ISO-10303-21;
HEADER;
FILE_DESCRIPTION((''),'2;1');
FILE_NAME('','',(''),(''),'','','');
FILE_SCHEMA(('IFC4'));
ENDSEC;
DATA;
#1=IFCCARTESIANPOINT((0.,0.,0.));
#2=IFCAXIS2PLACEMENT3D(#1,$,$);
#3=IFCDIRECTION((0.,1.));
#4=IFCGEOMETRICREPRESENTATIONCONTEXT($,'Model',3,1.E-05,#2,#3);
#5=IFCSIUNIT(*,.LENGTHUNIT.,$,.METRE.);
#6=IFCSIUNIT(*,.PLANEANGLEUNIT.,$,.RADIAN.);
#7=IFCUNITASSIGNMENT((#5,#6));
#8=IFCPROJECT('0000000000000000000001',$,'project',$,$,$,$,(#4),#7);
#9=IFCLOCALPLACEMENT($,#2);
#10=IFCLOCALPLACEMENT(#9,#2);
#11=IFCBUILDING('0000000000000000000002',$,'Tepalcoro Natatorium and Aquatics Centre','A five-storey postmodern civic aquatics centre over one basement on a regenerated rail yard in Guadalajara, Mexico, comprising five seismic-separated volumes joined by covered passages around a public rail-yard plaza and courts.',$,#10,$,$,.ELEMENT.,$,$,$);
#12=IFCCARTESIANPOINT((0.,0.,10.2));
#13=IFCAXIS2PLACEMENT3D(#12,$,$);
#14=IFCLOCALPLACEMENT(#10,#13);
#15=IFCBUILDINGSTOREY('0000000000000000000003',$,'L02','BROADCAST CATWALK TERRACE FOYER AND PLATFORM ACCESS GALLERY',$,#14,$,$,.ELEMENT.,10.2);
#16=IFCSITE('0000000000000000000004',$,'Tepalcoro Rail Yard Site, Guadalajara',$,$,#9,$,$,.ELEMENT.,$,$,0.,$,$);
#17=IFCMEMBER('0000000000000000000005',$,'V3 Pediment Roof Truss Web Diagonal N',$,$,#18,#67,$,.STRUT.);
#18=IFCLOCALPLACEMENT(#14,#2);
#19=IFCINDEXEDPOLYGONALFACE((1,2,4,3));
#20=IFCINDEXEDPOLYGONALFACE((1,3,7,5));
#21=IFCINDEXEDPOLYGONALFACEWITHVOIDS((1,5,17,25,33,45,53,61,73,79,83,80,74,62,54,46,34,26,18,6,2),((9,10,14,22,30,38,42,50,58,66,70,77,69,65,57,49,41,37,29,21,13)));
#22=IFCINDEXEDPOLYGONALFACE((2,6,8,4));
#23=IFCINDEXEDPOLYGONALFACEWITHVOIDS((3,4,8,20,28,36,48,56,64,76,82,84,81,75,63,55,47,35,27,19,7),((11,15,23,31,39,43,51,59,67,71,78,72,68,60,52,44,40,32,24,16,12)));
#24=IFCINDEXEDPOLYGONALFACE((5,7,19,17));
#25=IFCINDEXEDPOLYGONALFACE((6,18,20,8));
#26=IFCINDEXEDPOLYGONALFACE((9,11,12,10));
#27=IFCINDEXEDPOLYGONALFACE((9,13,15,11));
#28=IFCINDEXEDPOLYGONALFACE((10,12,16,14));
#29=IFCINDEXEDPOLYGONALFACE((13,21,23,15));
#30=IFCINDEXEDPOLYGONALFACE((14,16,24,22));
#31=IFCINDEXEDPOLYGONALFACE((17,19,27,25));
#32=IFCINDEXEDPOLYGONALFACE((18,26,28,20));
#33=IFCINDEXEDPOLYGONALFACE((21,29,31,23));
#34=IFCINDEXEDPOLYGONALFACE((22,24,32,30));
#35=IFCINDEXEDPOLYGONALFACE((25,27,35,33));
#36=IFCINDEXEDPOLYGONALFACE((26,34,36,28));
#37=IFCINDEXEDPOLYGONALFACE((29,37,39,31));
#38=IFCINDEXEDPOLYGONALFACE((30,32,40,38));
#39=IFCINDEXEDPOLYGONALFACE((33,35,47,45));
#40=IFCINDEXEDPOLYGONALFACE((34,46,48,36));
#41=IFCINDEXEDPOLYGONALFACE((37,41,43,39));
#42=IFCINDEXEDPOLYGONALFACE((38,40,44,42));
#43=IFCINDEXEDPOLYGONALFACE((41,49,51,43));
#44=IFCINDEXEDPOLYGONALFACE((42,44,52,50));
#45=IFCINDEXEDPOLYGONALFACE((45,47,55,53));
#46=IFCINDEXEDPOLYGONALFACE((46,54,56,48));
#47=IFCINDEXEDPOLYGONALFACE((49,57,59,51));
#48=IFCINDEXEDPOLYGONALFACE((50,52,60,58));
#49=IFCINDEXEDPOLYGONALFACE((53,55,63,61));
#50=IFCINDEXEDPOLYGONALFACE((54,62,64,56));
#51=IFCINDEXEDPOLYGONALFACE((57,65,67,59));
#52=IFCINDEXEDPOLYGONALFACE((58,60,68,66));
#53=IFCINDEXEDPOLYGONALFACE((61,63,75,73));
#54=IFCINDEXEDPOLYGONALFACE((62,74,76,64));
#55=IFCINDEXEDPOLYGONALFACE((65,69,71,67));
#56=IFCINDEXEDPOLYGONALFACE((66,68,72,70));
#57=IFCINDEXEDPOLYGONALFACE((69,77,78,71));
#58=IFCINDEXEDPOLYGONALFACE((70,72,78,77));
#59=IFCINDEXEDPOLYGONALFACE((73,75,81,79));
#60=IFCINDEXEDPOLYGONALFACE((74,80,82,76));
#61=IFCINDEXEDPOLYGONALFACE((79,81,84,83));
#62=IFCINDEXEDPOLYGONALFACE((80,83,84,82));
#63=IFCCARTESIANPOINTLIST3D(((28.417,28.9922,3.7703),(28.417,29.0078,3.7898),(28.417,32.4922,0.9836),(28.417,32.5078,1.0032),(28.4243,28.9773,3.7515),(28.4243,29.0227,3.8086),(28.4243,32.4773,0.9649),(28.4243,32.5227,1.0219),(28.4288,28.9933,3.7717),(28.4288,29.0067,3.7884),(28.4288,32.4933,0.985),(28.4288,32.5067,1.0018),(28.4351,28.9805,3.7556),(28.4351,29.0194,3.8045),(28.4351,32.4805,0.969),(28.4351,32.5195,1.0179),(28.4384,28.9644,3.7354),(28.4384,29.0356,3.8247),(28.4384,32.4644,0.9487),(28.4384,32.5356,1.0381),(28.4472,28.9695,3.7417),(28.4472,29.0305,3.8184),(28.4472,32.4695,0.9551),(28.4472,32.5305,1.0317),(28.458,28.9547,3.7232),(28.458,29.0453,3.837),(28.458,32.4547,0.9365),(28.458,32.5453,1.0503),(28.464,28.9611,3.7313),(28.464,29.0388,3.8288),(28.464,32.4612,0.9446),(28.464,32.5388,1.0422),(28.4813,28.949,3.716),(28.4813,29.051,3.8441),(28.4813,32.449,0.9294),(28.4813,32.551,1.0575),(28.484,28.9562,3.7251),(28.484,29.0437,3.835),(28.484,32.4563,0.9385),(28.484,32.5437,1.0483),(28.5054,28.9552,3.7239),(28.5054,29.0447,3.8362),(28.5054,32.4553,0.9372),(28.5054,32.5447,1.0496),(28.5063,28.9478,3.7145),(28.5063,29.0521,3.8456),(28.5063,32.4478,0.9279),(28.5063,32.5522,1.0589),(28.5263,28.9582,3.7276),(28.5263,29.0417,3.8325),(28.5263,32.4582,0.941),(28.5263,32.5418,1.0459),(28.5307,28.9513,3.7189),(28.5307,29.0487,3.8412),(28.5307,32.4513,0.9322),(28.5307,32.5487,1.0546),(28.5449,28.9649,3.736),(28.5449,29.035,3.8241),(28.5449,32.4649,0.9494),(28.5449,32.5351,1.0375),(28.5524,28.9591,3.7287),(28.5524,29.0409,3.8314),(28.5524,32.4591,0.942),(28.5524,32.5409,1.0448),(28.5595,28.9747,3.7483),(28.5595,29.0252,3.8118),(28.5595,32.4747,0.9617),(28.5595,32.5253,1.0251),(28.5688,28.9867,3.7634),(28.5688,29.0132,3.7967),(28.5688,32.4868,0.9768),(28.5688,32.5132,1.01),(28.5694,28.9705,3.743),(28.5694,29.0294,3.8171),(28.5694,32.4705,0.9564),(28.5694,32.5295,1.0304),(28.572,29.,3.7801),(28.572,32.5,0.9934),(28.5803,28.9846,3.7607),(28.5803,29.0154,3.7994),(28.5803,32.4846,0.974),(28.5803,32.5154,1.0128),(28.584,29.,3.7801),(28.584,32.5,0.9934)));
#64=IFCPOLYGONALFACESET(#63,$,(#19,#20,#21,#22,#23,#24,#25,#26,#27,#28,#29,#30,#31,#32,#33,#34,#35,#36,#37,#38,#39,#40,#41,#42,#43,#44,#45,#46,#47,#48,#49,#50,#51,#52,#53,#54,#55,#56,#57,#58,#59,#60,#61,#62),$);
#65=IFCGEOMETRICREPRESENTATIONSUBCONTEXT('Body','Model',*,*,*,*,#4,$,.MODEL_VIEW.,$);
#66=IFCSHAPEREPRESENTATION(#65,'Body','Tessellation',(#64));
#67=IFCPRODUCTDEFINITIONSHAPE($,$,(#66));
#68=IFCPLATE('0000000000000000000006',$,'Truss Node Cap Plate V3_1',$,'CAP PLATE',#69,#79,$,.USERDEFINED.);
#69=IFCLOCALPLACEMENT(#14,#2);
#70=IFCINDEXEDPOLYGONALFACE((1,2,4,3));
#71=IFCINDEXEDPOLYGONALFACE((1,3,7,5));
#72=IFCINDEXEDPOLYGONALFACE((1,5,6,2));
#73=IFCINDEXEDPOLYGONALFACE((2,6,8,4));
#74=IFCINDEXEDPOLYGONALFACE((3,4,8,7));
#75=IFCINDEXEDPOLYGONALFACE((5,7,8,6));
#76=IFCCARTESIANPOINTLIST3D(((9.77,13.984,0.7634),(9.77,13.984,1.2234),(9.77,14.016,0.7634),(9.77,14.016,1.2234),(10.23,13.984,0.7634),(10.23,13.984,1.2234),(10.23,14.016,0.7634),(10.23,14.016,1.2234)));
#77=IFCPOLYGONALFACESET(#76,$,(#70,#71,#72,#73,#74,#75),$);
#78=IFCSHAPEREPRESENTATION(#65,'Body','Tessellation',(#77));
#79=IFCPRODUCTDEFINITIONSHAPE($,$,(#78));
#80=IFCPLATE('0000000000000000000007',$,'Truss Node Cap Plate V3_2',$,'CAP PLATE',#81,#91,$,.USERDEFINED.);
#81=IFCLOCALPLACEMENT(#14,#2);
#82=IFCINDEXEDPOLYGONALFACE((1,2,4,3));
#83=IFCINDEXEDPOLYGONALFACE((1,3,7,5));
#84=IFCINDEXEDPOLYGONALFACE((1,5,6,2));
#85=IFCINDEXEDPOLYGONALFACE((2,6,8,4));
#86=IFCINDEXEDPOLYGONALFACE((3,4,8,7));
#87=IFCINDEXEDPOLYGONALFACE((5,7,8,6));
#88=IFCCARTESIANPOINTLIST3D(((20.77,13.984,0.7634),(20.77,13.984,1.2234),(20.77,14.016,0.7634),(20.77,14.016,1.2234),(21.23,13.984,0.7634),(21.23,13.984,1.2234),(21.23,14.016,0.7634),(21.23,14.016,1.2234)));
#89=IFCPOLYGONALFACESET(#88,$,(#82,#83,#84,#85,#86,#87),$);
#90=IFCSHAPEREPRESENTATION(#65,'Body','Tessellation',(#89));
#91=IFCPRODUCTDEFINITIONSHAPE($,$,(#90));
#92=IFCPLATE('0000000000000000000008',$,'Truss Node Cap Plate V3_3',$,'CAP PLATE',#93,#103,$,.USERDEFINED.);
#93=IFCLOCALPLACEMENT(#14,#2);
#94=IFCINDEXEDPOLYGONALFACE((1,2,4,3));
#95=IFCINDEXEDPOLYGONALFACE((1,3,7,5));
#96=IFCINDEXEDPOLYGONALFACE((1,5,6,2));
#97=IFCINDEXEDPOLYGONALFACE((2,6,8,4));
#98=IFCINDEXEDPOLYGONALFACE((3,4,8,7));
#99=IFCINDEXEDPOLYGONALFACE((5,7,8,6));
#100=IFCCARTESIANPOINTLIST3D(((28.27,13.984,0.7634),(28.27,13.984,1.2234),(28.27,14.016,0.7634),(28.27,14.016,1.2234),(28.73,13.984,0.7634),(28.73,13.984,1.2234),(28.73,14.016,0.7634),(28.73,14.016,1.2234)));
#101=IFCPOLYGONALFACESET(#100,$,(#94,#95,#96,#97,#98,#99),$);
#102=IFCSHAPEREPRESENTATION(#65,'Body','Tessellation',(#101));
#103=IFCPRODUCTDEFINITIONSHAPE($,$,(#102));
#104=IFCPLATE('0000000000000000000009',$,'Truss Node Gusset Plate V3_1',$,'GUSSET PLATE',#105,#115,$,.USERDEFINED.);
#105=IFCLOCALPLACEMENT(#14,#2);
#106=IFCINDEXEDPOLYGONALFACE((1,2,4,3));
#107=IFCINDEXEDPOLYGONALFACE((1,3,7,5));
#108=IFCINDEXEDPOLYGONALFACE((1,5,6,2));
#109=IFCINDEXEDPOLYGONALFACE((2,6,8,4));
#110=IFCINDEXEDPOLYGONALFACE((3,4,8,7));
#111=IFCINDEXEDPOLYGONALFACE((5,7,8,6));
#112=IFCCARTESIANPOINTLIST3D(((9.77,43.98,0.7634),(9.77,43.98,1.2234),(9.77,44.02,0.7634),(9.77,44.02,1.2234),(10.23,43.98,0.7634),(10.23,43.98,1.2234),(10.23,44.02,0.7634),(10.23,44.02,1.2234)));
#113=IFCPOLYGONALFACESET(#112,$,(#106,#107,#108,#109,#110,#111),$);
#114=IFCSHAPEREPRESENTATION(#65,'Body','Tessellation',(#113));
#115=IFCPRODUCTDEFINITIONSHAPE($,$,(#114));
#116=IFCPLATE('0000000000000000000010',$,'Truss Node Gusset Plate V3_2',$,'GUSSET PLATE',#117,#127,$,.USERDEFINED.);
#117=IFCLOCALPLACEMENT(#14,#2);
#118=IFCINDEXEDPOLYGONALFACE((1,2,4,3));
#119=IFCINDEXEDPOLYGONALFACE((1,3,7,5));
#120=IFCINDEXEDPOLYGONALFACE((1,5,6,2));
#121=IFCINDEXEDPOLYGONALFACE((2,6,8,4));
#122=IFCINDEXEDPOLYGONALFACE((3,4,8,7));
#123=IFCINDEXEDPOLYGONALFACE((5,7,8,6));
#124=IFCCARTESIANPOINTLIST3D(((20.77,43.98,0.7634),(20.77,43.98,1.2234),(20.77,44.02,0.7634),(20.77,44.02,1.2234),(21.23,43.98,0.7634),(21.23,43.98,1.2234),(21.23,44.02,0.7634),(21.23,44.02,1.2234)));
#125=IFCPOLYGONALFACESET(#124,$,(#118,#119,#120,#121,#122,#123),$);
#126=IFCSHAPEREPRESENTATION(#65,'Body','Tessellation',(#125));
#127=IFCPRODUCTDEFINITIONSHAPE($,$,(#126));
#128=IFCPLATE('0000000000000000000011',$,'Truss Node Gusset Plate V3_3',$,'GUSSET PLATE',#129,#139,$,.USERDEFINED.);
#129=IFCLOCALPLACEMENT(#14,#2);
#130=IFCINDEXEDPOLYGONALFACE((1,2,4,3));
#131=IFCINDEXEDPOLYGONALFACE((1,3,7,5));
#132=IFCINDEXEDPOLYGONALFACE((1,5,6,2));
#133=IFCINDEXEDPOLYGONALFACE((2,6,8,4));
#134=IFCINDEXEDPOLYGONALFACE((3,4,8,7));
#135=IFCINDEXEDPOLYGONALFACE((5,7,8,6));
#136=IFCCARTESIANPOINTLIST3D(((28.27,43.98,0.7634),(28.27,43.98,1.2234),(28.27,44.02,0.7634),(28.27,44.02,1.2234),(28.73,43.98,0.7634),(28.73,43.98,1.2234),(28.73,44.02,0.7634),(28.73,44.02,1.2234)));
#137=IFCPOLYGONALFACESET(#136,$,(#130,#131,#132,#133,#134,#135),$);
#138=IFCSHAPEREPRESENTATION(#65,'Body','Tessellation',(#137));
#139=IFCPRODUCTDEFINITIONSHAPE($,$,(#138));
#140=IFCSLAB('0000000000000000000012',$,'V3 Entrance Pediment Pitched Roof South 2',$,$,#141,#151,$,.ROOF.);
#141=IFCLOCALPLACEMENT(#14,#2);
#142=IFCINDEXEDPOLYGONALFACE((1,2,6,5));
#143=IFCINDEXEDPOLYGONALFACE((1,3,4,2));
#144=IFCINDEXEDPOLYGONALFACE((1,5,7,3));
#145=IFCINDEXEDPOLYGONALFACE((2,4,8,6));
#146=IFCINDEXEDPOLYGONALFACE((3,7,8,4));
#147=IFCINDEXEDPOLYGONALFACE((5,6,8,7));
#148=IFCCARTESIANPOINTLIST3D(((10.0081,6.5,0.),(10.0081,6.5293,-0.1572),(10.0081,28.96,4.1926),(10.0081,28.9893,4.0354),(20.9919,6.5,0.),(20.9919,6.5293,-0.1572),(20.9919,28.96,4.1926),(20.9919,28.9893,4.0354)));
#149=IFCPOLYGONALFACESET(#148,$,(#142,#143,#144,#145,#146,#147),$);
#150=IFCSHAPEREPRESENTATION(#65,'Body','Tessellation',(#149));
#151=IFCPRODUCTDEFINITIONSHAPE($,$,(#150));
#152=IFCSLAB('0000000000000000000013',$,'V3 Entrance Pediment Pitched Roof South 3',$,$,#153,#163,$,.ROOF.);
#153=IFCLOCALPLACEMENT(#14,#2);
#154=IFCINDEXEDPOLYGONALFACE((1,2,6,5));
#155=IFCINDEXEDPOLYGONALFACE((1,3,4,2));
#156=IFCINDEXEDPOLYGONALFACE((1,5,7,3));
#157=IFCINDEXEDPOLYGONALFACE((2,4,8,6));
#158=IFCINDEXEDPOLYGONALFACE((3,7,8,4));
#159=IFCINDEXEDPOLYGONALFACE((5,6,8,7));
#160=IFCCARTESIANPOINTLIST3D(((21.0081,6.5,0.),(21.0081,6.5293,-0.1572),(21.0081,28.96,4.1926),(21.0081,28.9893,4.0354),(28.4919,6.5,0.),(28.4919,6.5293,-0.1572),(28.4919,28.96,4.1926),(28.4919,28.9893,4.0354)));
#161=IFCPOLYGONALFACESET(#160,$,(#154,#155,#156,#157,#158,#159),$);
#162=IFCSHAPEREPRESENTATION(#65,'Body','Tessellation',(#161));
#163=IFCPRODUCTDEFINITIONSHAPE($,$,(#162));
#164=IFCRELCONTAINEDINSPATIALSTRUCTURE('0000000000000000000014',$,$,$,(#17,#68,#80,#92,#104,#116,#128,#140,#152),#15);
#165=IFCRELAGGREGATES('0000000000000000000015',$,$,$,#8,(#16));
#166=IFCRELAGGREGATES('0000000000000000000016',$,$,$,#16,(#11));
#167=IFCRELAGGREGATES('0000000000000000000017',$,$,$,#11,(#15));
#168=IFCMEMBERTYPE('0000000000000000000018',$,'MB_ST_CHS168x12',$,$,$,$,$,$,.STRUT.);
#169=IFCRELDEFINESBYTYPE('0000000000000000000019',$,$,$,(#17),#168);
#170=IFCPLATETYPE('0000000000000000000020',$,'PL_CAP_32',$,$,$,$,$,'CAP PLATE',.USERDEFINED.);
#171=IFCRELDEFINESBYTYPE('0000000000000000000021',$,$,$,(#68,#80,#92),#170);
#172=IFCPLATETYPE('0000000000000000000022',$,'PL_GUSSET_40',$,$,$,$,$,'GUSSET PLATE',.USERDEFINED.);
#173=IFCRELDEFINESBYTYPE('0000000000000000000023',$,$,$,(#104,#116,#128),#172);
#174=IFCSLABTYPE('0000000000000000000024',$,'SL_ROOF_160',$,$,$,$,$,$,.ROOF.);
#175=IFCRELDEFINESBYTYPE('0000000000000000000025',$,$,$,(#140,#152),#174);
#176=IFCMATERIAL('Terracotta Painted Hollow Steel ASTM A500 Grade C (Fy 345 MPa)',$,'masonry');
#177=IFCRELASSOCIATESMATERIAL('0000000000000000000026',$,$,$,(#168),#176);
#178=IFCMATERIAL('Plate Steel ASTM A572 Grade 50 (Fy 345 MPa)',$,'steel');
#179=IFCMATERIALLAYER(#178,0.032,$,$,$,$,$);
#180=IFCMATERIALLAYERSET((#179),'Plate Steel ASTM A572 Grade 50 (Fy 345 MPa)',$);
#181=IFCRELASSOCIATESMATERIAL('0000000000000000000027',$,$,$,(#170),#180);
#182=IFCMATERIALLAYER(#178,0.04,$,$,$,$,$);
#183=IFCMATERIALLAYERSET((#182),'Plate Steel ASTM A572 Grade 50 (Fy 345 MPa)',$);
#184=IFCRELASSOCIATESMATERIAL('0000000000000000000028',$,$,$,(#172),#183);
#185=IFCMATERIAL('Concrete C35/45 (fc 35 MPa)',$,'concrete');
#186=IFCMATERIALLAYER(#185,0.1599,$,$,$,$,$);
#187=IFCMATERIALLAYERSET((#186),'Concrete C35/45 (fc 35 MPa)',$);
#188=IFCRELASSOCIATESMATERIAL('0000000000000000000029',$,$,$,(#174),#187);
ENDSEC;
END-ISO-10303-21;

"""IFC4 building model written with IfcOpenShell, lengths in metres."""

from ifc_helpers import new_model, si_unit, direction, frame, origin, origin_2d, place, context, subcontext, project, spatial, polyline, rectangle, hollow_circle, outline, extrude, material, layer, layer_set, material_profile, profile_set, type_object, element, save


model = new_model("IFC4")

# Units and contexts
model_context = context("Model", 3, precision=1e-05, world=origin(), true_north=direction((0.0, 1.0)))
body_context = subcontext(model_context, "Body", "Model", "MODEL_VIEW")
ifc_project = project(units=[si_unit("LENGTHUNIT", "METRE"), si_unit("PLANEANGLEUNIT", "RADIAN")], contexts=[model_context])

# Site, building, storey
site_placement = place(None, origin())
site = spatial("IfcSite", under=ifc_project, at=site_placement, Name="Tepalcoro Rail Yard Site, Guadalajara", CompositionType="ELEMENT", RefElevation=0.0)
building_placement = place(site_placement, origin())
building = spatial("IfcBuilding", under=site, at=building_placement, Name="Tepalcoro Natatorium and Aquatics Centre", Description="A five-storey postmodern civic aquatics centre over one basement on a regenerated rail yard in Guadalajara, Mexico, comprising five seismic-separated volumes joined by covered passages around a public rail-yard plaza and courts.", CompositionType="ELEMENT")
storey_placement = place(building_placement, frame((0.0, 0.0, 10.2)))
storey = spatial("IfcBuildingStorey", under=building, at=storey_placement, Name="L02", Description="BROADCAST CATWALK TERRACE FOYER AND PLATFORM ACCESS GALLERY", CompositionType="ELEMENT", Elevation=10.2)

# Member
ifc_material_1 = material(Name="Terracotta Painted Hollow Steel ASTM A500 Grade C (Fy 345 MPa)", Category="masonry")
ifc_material_profile_1 = material_profile(ifc_material_1, hollow_circle(Radius=0.084, WallThickness=0.012, at=origin_2d()), Name="CHS168X12")
ifc_profile_set_1 = profile_set([ifc_material_profile_1], Name="Terracotta Painted Hollow Steel ASTM A500 Grade C (Fy 345 MPa)")
member_type_1 = type_object("IfcMemberType", Name="MB_ST_CHS168x12", PredefinedType="STRUT", material=ifc_profile_set_1)
for number, where, z_axis, x_axis, name in (
    (1, (28.5, 32.5, 0.9934), (0.0, -0.782325, 0.62287), (1.0, 0.0, 0.0), "V3 Pediment Roof Truss Web Diagonal N"),
):
    element("IfcMember", number, at=place(storey_placement, frame(where, z_axis=z_axis, x_axis=x_axis)), inside=storey, type_object=member_type_1, Name=name, PredefinedType="STRUT", context=body_context, shape_type="SweptSolid", body=[
        extrude(hollow_circle(Radius=0.084, WallThickness=0.012, at=origin_2d()), origin(), (0.0, 0.0, 1.0), 4.4739),
    ])

# Plates
ifc_material_2 = material(Name="Plate Steel ASTM A572 Grade 50 (Fy 345 MPa)", Category="steel")
ifc_layer_1 = layer(ifc_material_2, 0.032)
ifc_layer_set_1 = layer_set([ifc_layer_1], Name="Plate Steel ASTM A572 Grade 50 (Fy 345 MPa)")
plate_type_1 = type_object("IfcPlateType", Name="PL_CAP_32", ElementType="CAP PLATE", PredefinedType="USERDEFINED", material=ifc_layer_set_1)
for number, where, z_axis, x_axis, name in (
    (2, (10.0, 14.0, 0.7634), (0.0, 0.0, 1.0), (1.0, 0.0, 0.0), "Truss Node Cap Plate V3_1"),
    (3, (21.0, 14.0, 0.7634), (0.0, 0.0, 1.0), (1.0, 0.0, 0.0), "Truss Node Cap Plate V3_2"),
    (4, (28.5, 14.0, 0.7634), (0.0, 0.0, 1.0), (1.0, 0.0, 0.0), "Truss Node Cap Plate V3_3"),
):
    element("IfcPlate", number, at=place(storey_placement, frame(where, z_axis=z_axis, x_axis=x_axis)), inside=storey, type_object=plate_type_1, Name=name, ObjectType="CAP PLATE", PredefinedType="USERDEFINED", context=body_context, shape_type="SweptSolid", body=[
        extrude(rectangle(XDim=0.46, YDim=0.032, at=origin_2d()), origin(), (0.0, 0.0, 1.0), 0.46),
    ])
ifc_layer_2 = layer(ifc_material_2, 0.04)
ifc_layer_set_2 = layer_set([ifc_layer_2], Name="Plate Steel ASTM A572 Grade 50 (Fy 345 MPa)")
plate_type_2 = type_object("IfcPlateType", Name="PL_GUSSET_40", ElementType="GUSSET PLATE", PredefinedType="USERDEFINED", material=ifc_layer_set_2)
for number, where, z_axis, x_axis, name in (
    (5, (10.0, 44.0, 0.7634), (0.0, 0.0, 1.0), (1.0, 0.0, 0.0), "Truss Node Gusset Plate V3_1"),
    (6, (21.0, 44.0, 0.7634), (0.0, 0.0, 1.0), (1.0, 0.0, 0.0), "Truss Node Gusset Plate V3_2"),
    (7, (28.5, 44.0, 0.7634), (0.0, 0.0, 1.0), (1.0, 0.0, 0.0), "Truss Node Gusset Plate V3_3"),
):
    element("IfcPlate", number, at=place(storey_placement, frame(where, z_axis=z_axis, x_axis=x_axis)), inside=storey, type_object=plate_type_2, Name=name, ObjectType="GUSSET PLATE", PredefinedType="USERDEFINED", context=body_context, shape_type="SweptSolid", body=[
        extrude(rectangle(XDim=0.46, YDim=0.04, at=origin_2d()), origin(), (0.0, 0.0, 1.0), 0.46),
    ])

# Slabs
ifc_material_3 = material(Name="Concrete C35/45 (fc 35 MPa)", Category="concrete")
ifc_layer_3 = layer(ifc_material_3, 0.1599)
ifc_layer_set_3 = layer_set([ifc_layer_3], Name="Concrete C35/45 (fc 35 MPa)")
slab_type = type_object("IfcSlabType", Name="SL_ROOF_160", PredefinedType="ROOF", material=ifc_layer_set_3)
slab_1_placement = place(storey_placement, frame((10.0081, 6.5, 0.0), z_axis=(0.0, -0.183501, 0.983019), x_axis=(1.0, 0.0, 0.0)))
element("IfcSlab", 8, at=slab_1_placement, inside=storey, type_object=slab_type, Name="V3 Entrance Pediment Pitched Roof South 2", PredefinedType="ROOF", context=body_context, shape_type="SweptSolid", body=[
    extrude(outline(polyline([(0.0, 0.0), (10.9839, 0.0), (10.9839, 22.8479), (0.0, 22.8479), (0.0, 0.0)])), origin(), (0.0, 0.0, -1.0), 0.1599),
])
slab_2_placement = place(storey_placement, frame((21.0081, 6.5, 0.0), z_axis=(0.0, -0.183501, 0.983019), x_axis=(1.0, 0.0, 0.0)))
element("IfcSlab", 9, at=slab_2_placement, inside=storey, type_object=slab_type, Name="V3 Entrance Pediment Pitched Roof South 3", PredefinedType="ROOF", context=body_context, shape_type="SweptSolid", body=[
    extrude(outline(polyline([(0.0, 0.0), (7.4839, 0.0), (7.4839, 22.8479), (0.0, 22.8479), (0.0, 0.0)])), origin(), (0.0, 0.0, -1.0), 0.1599),
])

save(model, "model.ifc")
